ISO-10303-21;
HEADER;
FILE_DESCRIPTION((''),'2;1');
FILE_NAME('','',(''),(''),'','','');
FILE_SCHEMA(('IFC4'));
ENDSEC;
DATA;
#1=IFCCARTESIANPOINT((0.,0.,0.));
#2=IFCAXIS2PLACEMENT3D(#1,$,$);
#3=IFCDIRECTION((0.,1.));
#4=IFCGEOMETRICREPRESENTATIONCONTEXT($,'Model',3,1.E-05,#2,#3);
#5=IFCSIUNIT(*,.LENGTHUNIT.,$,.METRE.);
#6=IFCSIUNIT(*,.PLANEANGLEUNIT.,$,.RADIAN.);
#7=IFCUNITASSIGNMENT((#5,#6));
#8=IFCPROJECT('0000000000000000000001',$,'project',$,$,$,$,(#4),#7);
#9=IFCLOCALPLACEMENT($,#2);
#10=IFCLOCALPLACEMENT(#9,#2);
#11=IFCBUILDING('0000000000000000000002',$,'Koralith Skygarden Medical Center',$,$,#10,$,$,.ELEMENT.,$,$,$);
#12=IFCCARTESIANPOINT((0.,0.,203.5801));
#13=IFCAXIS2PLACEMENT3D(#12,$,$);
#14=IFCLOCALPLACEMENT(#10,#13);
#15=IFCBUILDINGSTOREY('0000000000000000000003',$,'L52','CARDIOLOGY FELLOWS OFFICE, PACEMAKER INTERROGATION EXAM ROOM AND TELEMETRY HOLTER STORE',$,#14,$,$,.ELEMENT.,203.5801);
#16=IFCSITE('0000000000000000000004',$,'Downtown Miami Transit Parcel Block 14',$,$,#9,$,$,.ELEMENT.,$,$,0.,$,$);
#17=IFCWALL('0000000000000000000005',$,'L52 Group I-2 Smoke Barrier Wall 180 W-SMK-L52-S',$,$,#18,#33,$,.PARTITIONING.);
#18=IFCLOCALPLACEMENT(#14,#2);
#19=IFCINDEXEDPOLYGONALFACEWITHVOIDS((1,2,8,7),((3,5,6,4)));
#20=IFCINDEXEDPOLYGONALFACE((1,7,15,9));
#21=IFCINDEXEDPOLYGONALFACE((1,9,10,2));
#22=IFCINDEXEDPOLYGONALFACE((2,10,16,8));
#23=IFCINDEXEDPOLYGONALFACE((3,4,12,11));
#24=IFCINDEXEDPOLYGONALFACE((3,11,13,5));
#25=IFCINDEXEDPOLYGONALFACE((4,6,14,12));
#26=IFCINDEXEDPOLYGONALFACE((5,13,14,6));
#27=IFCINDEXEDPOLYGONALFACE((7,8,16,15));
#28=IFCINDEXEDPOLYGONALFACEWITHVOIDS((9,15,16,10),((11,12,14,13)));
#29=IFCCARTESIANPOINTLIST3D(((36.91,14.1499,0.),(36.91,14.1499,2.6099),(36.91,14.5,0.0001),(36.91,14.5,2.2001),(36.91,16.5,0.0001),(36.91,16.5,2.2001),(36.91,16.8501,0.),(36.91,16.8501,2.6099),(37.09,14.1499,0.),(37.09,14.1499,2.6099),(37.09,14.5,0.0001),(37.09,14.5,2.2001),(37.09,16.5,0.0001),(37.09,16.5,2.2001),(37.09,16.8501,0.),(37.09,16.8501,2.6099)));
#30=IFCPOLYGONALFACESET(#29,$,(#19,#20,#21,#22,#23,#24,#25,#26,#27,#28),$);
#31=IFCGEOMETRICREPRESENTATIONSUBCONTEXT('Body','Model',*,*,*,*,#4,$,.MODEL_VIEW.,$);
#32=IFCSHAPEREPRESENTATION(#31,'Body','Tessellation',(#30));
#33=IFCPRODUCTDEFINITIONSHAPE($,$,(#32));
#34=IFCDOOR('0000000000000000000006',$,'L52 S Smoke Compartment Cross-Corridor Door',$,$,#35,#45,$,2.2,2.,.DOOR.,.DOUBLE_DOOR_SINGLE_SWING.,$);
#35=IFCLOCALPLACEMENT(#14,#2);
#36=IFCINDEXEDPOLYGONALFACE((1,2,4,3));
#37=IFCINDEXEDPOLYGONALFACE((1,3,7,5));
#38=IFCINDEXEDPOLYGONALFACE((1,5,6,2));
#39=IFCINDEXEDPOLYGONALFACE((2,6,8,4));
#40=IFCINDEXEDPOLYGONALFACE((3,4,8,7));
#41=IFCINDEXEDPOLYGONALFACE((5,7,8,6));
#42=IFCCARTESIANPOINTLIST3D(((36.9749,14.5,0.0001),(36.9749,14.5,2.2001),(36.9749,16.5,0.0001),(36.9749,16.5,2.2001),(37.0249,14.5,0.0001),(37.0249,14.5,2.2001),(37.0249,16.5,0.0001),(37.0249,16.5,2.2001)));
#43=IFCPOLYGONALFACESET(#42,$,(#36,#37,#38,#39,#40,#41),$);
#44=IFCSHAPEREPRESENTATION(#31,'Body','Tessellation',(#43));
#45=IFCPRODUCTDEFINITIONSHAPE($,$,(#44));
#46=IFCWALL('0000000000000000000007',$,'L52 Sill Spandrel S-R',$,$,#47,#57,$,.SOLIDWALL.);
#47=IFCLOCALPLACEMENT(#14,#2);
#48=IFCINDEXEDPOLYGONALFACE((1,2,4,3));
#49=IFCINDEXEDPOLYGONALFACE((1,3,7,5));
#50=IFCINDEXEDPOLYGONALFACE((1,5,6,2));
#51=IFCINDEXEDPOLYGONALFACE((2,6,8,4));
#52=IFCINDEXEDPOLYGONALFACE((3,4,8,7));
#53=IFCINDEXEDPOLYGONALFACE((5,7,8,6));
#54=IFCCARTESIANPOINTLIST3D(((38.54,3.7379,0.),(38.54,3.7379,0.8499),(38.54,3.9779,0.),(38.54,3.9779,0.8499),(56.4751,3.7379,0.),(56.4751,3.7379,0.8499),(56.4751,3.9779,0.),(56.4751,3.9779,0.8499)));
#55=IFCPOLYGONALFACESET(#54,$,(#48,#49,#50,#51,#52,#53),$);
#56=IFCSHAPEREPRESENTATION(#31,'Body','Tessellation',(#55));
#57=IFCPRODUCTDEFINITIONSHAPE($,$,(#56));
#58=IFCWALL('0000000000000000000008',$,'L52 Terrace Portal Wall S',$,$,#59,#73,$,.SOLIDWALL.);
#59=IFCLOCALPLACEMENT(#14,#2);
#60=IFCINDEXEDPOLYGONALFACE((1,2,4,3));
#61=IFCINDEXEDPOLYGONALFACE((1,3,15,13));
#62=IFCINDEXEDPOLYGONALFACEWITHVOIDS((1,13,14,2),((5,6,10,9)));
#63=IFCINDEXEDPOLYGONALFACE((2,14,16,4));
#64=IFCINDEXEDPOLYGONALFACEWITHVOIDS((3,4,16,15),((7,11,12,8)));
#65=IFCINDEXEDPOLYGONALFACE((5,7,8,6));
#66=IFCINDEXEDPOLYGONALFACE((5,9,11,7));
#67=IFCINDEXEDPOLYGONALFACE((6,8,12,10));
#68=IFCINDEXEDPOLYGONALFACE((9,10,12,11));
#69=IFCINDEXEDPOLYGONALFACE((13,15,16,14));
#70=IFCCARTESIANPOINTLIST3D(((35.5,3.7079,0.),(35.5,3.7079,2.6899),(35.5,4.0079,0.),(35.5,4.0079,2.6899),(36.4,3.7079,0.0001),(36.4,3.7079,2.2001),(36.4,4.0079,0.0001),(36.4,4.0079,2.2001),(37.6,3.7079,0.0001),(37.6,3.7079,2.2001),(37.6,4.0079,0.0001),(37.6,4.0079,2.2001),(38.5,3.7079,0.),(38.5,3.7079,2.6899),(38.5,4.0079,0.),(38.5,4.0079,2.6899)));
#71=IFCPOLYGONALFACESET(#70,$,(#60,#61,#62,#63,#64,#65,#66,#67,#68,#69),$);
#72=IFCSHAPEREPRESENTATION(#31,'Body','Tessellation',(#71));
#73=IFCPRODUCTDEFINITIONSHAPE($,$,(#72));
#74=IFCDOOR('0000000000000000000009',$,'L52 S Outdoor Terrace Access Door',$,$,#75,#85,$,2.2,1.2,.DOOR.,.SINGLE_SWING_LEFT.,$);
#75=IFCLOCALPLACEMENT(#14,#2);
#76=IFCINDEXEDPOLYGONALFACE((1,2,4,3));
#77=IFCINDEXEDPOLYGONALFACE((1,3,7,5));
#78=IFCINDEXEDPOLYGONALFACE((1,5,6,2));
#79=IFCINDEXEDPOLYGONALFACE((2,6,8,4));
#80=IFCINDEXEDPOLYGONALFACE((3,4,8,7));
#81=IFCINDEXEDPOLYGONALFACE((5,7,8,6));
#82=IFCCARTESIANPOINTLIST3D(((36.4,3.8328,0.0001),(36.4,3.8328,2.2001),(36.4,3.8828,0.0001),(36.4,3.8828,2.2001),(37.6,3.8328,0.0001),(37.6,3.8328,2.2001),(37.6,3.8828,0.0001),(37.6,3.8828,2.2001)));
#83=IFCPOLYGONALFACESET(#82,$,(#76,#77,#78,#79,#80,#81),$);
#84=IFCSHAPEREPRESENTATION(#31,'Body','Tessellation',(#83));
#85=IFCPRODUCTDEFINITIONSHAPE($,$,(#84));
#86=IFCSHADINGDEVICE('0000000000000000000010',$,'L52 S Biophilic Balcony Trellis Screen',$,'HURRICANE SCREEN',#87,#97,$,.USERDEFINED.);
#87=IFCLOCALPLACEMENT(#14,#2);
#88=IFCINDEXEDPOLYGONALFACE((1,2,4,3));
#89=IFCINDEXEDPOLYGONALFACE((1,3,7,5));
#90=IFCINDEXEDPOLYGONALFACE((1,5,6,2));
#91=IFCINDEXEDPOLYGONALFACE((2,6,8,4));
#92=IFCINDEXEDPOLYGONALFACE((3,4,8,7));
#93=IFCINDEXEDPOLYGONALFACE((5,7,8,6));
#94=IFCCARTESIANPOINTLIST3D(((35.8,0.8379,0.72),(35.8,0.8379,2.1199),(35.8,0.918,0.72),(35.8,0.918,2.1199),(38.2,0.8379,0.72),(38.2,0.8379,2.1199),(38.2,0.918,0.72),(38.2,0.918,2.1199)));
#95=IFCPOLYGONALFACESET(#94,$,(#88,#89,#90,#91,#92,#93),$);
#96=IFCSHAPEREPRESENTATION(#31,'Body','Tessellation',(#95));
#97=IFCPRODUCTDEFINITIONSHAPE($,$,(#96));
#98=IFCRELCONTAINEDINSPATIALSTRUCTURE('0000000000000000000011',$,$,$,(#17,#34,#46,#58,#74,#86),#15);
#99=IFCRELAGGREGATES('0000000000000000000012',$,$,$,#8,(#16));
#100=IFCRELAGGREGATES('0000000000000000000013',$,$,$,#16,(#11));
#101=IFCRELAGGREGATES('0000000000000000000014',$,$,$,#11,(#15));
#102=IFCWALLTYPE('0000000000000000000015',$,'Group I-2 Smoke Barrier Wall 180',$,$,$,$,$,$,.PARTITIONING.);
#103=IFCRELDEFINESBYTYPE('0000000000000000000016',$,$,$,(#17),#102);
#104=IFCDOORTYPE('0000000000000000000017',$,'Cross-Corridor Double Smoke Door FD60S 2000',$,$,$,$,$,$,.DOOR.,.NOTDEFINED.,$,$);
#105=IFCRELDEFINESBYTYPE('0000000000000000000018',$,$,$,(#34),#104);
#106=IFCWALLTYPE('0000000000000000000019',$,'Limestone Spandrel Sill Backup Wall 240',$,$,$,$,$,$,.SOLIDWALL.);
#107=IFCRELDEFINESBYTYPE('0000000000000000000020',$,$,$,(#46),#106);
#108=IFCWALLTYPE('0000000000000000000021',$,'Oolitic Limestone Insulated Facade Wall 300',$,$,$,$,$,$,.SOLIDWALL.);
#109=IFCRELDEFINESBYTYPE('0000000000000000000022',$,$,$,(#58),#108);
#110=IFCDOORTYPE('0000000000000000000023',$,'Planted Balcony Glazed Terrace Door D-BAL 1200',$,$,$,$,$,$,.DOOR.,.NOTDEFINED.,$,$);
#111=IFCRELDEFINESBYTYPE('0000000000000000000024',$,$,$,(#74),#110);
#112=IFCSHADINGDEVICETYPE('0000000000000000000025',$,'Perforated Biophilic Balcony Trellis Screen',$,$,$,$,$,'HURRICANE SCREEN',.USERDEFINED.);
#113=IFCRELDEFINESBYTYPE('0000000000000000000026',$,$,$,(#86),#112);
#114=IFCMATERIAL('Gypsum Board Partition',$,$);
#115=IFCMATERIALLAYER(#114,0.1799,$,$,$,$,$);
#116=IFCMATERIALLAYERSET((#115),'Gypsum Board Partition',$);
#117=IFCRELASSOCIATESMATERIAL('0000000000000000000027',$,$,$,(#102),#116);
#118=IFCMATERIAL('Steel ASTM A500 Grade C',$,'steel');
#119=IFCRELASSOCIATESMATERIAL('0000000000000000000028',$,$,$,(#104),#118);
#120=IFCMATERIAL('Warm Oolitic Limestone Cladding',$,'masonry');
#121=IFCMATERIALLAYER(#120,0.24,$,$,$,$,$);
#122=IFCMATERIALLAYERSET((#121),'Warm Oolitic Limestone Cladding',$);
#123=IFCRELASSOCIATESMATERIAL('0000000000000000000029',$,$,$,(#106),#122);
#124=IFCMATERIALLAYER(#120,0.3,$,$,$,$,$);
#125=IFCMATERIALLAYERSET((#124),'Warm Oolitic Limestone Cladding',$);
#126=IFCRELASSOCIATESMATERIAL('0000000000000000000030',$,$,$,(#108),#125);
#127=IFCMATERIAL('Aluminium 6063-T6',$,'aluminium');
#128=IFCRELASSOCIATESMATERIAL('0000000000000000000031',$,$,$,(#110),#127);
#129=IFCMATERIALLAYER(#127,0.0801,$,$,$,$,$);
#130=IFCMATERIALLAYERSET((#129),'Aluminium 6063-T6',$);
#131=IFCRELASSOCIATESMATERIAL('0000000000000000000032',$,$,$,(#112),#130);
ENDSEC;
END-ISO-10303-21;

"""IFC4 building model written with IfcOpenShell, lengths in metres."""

from ifc_helpers import new_model, si_unit, direction, frame, frame_2d, origin, origin_2d, place, context, subcontext, project, spatial, rectangle, extrude, material, layer, layer_set, type_object, element, fill, save


model = new_model("IFC4")

# Units and contexts
model_context = context("Model", 3, precision=1e-05, world=origin(), true_north=direction((0.0, 1.0)))
body_context = subcontext(model_context, "Body", "Model", "MODEL_VIEW")
ifc_project = project(units=[si_unit("LENGTHUNIT", "METRE"), si_unit("PLANEANGLEUNIT", "RADIAN")], contexts=[model_context])

# Site, building, storey
site_placement = place(None, origin())
site = spatial("IfcSite", under=ifc_project, at=site_placement, Name="Downtown Miami Transit Parcel Block 14", CompositionType="ELEMENT", RefElevation=0.0)
building_placement = place(site_placement, origin())
building = spatial("IfcBuilding", under=site, at=building_placement, Name="Koralith Skygarden Medical Center", CompositionType="ELEMENT")
storey_placement = place(building_placement, frame((0.0, 0.0, 203.5801)))
storey = spatial("IfcBuildingStorey", under=building, at=storey_placement, Name="L52", Description="CARDIOLOGY FELLOWS OFFICE, PACEMAKER INTERROGATION EXAM ROOM AND TELEMETRY HOLTER STORE", CompositionType="ELEMENT", Elevation=203.5801)

# Shared definitions
ifc_material_1 = material(Name="Aluminium 6063-T6", Category="aluminium")

# Shared definitions
ifc_material_2 = material(Name="Gypsum Board Partition")

# Wall, opening, door
ifc_layer_1 = layer(ifc_material_2, 0.1799)
ifc_layer_set_1 = layer_set([ifc_layer_1], Name="Gypsum Board Partition")
wall_type_1 = type_object("IfcWallType", Name="Group I-2 Smoke Barrier Wall 180", PredefinedType="PARTITIONING", material=ifc_layer_set_1)
wall_1_placement = place(storey_placement, frame((37.0, 14.1499, 0.0), z_axis=(0.0, 0.0, 1.0), x_axis=(0.0, 1.0, 0.0)))
wall_1 = element("IfcWall", 1, at=wall_1_placement, inside=storey, type_object=wall_type_1, Name="L52 Group I-2 Smoke Barrier Wall 180 W-SMK-L52-S", PredefinedType="PARTITIONING", context=body_context, shape_type="SweptSolid", body=[
    extrude(rectangle(XDim=2.7002, YDim=0.1799, at=frame_2d((1.3501, 0.0))), origin(), (0.0, 0.0, 1.0), 2.6099),
])
opening_1_placement = place(wall_1_placement, frame((0.3501, 0.0, 0.0)))
opening_1 = element("IfcOpeningElement", 2, at=opening_1_placement, cuts=wall_1, PredefinedType="OPENING", context=body_context, shape_type="SweptSolid", body=[
    extrude(rectangle(XDim=2.0, YDim=2.2, at=frame_2d((1.0, 1.1001))), frame((0.0, 0.0999, 0.0), z_axis=(0.0, -1.0, 0.0), x_axis=(1.0, 0.0, 0.0)), (0.0, 0.0, 1.0), 0.2),
])
ifc_material_3 = material(Name="Steel ASTM A500 Grade C", Category="steel")
door_type_1 = type_object("IfcDoorType", Name="Cross-Corridor Double Smoke Door FD60S 2000", OperationType="NOTDEFINED", PredefinedType="DOOR", material=ifc_material_3)
door_1_placement = place(opening_1_placement, frame((2.0, 0.0, 0.0), z_axis=(0.0, 0.0, 1.0), x_axis=(-1.0, 0.0, 0.0)))
door_1 = element("IfcDoor", 3, at=door_1_placement, inside=storey, type_object=door_type_1, Name="L52 S Smoke Compartment Cross-Corridor Door", OperationType="DOUBLE_DOOR_SINGLE_SWING", OverallHeight=2.2, OverallWidth=2.0, PredefinedType="DOOR", context=body_context, shape_type="SweptSolid", body=[
    extrude(rectangle(XDim=2.0, YDim=2.2, at=frame_2d((1.0, 1.1001))), frame((0.0, 0.0249, 0.0), z_axis=(0.0, -1.0, 0.0), x_axis=(1.0, 0.0, 0.0)), (0.0, 0.0, 1.0), 0.05),
])
fill(opening_1, door_1)

# Wall
ifc_material_4 = material(Name="Warm Oolitic Limestone Cladding", Category="masonry")
ifc_layer_2 = layer(ifc_material_4, 0.24)
ifc_layer_set_2 = layer_set([ifc_layer_2], Name="Warm Oolitic Limestone Cladding")
wall_type_2 = type_object("IfcWallType", Name="Limestone Spandrel Sill Backup Wall 240", PredefinedType="SOLIDWALL", material=ifc_layer_set_2)
wall_2_placement = place(storey_placement, frame((38.54, 3.8579, 0.0), z_axis=(0.0, 0.0, 1.0), x_axis=(1.0, 0.0, 0.0)))
element("IfcWall", 4, at=wall_2_placement, inside=storey, type_object=wall_type_2, Name="L52 Sill Spandrel S-R", PredefinedType="SOLIDWALL", context=body_context, shape_type="SweptSolid", body=[
    extrude(rectangle(XDim=17.9351, YDim=0.24, at=frame_2d((8.9675, 0.0))), origin(), (0.0, 0.0, 1.0), 0.8499),
])

# Wall, opening, door
ifc_layer_3 = layer(ifc_material_4, 0.3)
ifc_layer_set_3 = layer_set([ifc_layer_3], Name="Warm Oolitic Limestone Cladding")
wall_type_3 = type_object("IfcWallType", Name="Oolitic Limestone Insulated Facade Wall 300", PredefinedType="SOLIDWALL", material=ifc_layer_set_3)
wall_3_placement = place(storey_placement, frame((35.5, 3.8579, 0.0), z_axis=(0.0, 0.0, 1.0), x_axis=(1.0, 0.0, 0.0)))
wall_3 = element("IfcWall", 5, at=wall_3_placement, inside=storey, type_object=wall_type_3, Name="L52 Terrace Portal Wall S", PredefinedType="SOLIDWALL", context=body_context, shape_type="SweptSolid", body=[
    extrude(rectangle(XDim=3.0, YDim=0.3, at=frame_2d((1.5, 0.0))), origin(), (0.0, 0.0, 1.0), 2.6899),
])
opening_2_placement = place(wall_3_placement, frame((0.8999, 0.0, 0.0)))
opening_2 = element("IfcOpeningElement", 6, at=opening_2_placement, cuts=wall_3, PredefinedType="OPENING", context=body_context, shape_type="SweptSolid", body=[
    extrude(rectangle(XDim=1.2, YDim=2.2, at=frame_2d((0.6001, 1.1001))), frame((0.0, 0.1599, 0.0), z_axis=(0.0, -1.0, 0.0), x_axis=(1.0, 0.0, 0.0)), (0.0, 0.0, 1.0), 0.3201),
])
door_type_2 = type_object("IfcDoorType", Name="Planted Balcony Glazed Terrace Door D-BAL 1200", OperationType="NOTDEFINED", PredefinedType="DOOR", material=ifc_material_1)
door_2_placement = place(opening_2_placement, origin())
door_2 = element("IfcDoor", 7, at=door_2_placement, inside=storey, type_object=door_type_2, Name="L52 S Outdoor Terrace Access Door", OperationType="SINGLE_SWING_LEFT", OverallHeight=2.2, OverallWidth=1.2, PredefinedType="DOOR", context=body_context, shape_type="SweptSolid", body=[
    extrude(rectangle(XDim=1.2, YDim=2.2, at=frame_2d((0.6001, 1.1001))), frame((0.0, 0.0249, 0.0), z_axis=(0.0, -1.0, 0.0), x_axis=(1.0, 0.0, 0.0)), (0.0, 0.0, 1.0), 0.05),
])
fill(opening_2, door_2)

# Shading device
ifc_layer_4 = layer(ifc_material_1, 0.0801)
ifc_layer_set_4 = layer_set([ifc_layer_4], Name="Aluminium 6063-T6")
shading_device_type = type_object("IfcShadingDeviceType", Name="Perforated Biophilic Balcony Trellis Screen", ElementType="HURRICANE SCREEN", PredefinedType="USERDEFINED", material=ifc_layer_set_4)
shading_device_placement = place(storey_placement, frame((37.0, 0.8779, 0.72), z_axis=(0.0, 0.0, 1.0), x_axis=(1.0, 0.0, 0.0)))
element("IfcShadingDevice", 8, at=shading_device_placement, inside=storey, type_object=shading_device_type, Name="L52 S Biophilic Balcony Trellis Screen", ObjectType="HURRICANE SCREEN", PredefinedType="USERDEFINED", context=body_context, shape_type="SweptSolid", body=[
    extrude(rectangle(XDim=2.3999, YDim=0.0801, at=origin_2d()), origin(), (0.0, 0.0, 1.0), 1.3999),
])

save(model, "model.ifc")
